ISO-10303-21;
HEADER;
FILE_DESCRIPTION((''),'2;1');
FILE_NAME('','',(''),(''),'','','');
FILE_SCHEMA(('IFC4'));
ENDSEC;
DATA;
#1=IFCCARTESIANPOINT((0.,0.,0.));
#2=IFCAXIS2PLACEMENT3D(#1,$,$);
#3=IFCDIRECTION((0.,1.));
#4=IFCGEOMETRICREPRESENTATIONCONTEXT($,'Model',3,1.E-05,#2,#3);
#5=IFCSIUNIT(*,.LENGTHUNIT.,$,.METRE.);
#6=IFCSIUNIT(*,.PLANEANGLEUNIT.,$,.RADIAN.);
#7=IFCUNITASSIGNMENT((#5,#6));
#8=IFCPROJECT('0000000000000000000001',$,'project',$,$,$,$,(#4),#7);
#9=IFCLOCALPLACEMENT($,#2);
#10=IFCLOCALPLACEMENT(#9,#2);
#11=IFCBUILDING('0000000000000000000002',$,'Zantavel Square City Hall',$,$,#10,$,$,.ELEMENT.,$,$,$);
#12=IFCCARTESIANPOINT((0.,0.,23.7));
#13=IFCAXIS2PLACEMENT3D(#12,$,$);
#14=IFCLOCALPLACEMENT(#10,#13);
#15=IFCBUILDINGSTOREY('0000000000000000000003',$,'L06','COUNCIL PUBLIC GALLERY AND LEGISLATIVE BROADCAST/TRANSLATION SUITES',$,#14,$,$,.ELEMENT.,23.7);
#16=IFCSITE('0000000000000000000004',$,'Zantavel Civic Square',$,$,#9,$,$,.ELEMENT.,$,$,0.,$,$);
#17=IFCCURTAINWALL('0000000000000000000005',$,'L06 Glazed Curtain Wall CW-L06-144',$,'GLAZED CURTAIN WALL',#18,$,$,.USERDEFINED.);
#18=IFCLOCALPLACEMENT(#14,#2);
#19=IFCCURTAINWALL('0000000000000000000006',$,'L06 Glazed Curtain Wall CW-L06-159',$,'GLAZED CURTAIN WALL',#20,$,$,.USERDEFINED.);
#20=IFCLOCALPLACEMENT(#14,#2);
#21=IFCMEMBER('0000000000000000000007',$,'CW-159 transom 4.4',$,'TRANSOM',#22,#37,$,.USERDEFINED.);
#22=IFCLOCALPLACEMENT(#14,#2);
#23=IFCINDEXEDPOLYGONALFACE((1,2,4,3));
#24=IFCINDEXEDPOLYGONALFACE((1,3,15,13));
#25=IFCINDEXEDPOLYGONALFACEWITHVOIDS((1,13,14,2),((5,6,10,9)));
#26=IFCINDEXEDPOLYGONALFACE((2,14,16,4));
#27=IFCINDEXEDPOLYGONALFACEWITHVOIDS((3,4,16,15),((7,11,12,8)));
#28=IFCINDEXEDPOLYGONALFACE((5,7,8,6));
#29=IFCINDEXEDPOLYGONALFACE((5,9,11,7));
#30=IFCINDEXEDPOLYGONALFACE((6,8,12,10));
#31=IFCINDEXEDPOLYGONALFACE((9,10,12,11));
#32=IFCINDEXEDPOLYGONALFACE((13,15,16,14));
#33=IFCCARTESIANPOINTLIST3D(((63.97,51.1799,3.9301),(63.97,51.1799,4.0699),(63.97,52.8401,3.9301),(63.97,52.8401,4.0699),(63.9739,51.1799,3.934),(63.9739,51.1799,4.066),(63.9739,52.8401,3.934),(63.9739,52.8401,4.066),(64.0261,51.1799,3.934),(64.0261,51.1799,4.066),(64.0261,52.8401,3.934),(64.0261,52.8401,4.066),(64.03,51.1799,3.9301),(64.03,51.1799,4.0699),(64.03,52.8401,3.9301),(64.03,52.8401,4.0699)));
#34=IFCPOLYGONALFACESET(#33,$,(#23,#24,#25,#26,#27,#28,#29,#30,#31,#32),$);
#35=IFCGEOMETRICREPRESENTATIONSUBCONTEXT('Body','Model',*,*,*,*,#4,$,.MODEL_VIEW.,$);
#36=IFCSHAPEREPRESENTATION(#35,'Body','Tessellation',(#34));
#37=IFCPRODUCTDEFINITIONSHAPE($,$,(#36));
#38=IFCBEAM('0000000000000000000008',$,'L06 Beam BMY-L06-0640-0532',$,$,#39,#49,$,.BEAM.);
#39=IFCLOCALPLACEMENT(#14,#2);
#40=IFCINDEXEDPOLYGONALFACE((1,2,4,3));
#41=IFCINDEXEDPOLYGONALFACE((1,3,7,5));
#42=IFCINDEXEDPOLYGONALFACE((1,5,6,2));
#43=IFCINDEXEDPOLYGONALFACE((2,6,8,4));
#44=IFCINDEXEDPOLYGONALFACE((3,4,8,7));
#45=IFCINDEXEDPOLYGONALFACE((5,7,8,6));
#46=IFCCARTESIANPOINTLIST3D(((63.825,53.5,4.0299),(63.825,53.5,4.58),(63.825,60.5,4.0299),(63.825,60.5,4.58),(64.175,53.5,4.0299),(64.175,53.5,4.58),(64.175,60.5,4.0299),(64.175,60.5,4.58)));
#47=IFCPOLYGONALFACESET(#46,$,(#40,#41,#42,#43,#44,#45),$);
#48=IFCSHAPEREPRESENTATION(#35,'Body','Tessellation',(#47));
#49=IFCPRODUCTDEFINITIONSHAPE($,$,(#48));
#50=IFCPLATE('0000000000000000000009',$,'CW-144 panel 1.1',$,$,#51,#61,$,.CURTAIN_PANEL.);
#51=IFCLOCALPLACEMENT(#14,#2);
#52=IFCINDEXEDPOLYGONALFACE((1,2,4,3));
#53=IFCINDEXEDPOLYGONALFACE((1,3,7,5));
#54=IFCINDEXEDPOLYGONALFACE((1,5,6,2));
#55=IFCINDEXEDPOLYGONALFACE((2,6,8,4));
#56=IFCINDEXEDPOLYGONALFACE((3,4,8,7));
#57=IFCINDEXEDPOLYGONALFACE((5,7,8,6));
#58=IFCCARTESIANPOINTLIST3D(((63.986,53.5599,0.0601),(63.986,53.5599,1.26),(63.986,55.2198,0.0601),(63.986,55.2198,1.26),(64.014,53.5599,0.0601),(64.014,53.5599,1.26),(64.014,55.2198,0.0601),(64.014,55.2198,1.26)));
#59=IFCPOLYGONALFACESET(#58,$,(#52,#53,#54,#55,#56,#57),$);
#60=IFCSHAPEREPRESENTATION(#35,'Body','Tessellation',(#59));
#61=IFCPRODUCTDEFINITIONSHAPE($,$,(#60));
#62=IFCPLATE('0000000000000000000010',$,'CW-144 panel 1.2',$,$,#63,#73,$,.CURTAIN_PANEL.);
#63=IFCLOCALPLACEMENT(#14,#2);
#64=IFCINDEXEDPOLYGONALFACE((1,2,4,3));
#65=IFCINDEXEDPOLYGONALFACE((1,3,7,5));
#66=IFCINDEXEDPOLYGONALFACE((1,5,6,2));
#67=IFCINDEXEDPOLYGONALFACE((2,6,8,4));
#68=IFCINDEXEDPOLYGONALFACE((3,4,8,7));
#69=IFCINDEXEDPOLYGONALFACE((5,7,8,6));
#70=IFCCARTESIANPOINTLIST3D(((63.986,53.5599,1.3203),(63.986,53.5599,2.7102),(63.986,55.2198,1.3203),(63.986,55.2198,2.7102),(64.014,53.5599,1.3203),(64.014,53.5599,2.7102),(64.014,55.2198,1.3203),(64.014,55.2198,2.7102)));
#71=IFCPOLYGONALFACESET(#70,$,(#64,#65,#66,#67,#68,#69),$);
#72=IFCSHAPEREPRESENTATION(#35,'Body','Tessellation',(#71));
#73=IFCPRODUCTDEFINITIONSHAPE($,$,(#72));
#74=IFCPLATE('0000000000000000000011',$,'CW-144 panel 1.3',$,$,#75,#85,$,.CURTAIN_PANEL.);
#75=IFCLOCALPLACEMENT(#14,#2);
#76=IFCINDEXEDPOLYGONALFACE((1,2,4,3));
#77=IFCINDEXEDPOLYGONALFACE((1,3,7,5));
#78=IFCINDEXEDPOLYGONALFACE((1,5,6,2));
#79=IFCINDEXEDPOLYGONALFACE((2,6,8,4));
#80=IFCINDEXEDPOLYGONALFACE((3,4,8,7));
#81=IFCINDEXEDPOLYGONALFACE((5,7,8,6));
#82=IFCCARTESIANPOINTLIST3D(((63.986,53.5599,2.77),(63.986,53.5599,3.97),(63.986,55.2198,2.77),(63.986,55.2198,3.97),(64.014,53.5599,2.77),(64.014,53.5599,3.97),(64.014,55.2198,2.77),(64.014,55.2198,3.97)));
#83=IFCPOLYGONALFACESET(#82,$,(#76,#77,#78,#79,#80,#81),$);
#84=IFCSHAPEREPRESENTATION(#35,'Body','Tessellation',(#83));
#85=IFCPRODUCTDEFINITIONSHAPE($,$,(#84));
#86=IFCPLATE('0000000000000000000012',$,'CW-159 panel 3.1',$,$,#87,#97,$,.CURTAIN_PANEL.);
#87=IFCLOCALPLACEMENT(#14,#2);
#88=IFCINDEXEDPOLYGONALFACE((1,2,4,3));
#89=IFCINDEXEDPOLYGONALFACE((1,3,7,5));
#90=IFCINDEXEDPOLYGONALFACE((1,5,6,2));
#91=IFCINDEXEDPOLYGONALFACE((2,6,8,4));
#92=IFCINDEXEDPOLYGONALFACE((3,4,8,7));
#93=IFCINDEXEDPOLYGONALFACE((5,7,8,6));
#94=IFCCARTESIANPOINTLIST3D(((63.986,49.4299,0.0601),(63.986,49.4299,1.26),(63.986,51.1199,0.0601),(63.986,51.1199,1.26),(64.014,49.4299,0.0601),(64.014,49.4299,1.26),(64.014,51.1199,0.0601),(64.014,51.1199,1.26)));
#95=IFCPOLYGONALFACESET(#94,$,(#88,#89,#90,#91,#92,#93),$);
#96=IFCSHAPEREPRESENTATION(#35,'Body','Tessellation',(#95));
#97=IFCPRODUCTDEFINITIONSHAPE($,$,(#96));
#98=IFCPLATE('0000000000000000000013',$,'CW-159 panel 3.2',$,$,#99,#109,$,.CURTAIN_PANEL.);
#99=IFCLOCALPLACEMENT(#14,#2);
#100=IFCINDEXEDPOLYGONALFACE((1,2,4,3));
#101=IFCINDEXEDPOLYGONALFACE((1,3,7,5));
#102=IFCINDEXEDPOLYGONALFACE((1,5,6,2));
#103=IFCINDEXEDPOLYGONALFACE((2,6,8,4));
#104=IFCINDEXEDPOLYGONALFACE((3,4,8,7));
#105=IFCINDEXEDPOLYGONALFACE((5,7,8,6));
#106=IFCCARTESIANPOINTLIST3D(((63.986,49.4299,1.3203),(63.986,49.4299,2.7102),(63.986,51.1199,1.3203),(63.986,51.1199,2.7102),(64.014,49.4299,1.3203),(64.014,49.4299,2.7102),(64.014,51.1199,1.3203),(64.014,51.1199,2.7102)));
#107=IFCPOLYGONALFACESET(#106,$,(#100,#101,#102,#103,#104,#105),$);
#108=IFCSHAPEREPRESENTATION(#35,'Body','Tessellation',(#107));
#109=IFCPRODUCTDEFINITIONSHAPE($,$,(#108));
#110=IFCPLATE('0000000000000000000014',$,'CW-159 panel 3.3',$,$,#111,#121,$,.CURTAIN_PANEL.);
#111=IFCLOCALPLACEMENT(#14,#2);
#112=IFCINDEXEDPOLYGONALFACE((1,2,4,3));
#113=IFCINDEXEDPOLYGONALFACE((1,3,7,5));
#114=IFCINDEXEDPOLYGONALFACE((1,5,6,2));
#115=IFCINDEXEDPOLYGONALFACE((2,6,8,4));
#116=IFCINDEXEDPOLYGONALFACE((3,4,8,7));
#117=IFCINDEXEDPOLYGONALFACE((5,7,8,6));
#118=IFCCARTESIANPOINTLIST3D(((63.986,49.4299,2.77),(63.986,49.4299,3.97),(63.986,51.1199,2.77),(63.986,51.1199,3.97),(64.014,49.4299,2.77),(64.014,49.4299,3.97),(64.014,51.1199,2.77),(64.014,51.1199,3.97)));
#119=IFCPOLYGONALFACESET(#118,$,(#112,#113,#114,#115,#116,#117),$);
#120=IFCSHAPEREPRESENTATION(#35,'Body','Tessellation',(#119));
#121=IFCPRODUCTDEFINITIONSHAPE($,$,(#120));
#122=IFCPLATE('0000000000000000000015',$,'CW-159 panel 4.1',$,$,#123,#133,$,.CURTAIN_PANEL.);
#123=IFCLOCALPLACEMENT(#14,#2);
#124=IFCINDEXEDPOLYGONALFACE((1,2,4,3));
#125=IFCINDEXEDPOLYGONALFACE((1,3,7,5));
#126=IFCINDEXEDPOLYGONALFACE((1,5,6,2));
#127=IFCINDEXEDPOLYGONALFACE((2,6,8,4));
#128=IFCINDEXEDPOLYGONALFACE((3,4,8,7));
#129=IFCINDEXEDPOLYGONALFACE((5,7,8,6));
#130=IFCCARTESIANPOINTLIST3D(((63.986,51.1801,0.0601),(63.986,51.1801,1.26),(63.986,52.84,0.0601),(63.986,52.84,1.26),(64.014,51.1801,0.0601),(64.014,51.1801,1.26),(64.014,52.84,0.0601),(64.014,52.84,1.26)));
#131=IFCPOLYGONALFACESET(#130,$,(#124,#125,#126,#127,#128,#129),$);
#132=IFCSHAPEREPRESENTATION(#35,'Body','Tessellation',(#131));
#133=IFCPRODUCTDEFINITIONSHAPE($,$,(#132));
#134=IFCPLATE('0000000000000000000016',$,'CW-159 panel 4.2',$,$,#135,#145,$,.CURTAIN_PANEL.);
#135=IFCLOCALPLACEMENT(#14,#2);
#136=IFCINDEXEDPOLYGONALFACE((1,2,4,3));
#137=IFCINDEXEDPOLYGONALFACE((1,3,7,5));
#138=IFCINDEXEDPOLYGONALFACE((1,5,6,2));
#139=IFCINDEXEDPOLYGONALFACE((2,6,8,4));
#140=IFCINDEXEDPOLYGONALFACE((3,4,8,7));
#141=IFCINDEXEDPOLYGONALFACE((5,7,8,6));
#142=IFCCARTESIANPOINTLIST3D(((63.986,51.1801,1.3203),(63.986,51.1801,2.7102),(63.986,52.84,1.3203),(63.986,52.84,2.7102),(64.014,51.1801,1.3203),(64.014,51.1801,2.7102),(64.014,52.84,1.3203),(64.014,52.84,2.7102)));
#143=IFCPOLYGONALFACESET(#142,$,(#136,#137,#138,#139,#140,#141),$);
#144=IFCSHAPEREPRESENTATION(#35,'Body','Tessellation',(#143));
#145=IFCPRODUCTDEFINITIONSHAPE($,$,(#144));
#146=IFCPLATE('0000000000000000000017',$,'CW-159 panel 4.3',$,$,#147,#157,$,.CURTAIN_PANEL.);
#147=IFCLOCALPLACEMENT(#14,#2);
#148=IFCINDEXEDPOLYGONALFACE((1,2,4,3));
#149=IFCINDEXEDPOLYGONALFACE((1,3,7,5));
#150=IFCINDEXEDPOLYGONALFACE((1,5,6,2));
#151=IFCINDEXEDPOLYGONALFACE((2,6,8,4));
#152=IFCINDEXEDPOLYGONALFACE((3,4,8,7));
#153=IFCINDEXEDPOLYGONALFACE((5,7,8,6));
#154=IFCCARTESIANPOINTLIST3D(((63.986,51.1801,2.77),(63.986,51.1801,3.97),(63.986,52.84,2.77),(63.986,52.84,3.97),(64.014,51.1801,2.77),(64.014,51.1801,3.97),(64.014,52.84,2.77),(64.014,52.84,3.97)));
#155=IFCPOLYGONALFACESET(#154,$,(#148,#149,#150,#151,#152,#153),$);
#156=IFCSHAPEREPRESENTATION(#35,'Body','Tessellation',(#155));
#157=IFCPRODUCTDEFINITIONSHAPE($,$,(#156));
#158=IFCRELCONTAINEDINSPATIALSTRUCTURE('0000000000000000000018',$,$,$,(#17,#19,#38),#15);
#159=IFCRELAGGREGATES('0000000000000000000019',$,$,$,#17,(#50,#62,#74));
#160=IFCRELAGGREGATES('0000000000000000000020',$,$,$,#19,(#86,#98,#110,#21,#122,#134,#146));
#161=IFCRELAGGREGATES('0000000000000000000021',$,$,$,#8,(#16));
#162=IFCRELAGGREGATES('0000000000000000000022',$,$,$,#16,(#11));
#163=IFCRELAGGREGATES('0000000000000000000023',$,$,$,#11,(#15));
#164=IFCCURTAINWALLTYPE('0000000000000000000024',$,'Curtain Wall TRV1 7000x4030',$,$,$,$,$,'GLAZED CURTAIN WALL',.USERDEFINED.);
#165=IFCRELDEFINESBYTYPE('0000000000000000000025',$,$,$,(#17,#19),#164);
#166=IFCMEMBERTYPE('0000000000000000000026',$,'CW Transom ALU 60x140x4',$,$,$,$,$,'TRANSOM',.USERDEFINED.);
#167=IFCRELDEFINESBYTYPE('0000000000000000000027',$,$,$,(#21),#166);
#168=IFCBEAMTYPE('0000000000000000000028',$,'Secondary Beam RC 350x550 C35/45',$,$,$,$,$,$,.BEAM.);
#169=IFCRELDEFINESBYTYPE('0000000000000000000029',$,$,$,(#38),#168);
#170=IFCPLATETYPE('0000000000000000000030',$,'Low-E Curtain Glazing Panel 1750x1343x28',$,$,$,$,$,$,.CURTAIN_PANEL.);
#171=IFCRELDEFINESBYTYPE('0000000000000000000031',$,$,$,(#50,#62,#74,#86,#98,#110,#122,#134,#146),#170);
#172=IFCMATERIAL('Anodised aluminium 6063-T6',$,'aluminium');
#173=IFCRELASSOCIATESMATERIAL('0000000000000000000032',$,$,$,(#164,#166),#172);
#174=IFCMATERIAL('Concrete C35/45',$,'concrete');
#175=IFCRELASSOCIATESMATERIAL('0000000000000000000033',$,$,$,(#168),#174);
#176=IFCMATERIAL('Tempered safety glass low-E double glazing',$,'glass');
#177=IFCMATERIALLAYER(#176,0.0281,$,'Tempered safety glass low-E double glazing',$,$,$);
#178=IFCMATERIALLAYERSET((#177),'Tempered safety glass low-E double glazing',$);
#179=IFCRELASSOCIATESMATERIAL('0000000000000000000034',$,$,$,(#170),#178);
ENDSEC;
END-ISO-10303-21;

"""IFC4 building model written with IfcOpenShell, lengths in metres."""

from ifc_helpers import new_model, si_unit, direction, frame, origin, origin_2d, place, context, subcontext, project, spatial, rectangle, hollow_rectangle, extrude, material, layer, layer_set, material_profile, profile_set, type_object, element, aggregate, save


model = new_model("IFC4")

# Units and contexts
model_context = context("Model", 3, precision=1e-05, world=origin(), true_north=direction((0.0, 1.0)))
body_context = subcontext(model_context, "Body", "Model", "MODEL_VIEW")
ifc_project = project(units=[si_unit("LENGTHUNIT", "METRE"), si_unit("PLANEANGLEUNIT", "RADIAN")], contexts=[model_context])

# Site, building, storey
site_placement = place(None, origin())
site = spatial("IfcSite", under=ifc_project, at=site_placement, Name="Zantavel Civic Square", CompositionType="ELEMENT", RefElevation=0.0)
building_placement = place(site_placement, origin())
building = spatial("IfcBuilding", under=site, at=building_placement, Name="Zantavel Square City Hall", CompositionType="ELEMENT")
storey_placement = place(building_placement, frame((0.0, 0.0, 23.7)))
storey = spatial("IfcBuildingStorey", under=building, at=storey_placement, Name="L06", Description="COUNCIL PUBLIC GALLERY AND LEGISLATIVE BROADCAST/TRANSLATION SUITES", CompositionType="ELEMENT", Elevation=23.7)

# Curtain wall
ifc_material_1 = material(Name="Anodised aluminium 6063-T6", Category="aluminium")
curtain_wall_type = type_object("IfcCurtainWallType", Name="Curtain Wall TRV1 7000x4030", ElementType="GLAZED CURTAIN WALL", PredefinedType="USERDEFINED", material=ifc_material_1)
curtain_wall_1_placement = place(storey_placement, origin())
curtain_wall_1 = element("IfcCurtainWall", 1, at=curtain_wall_1_placement, inside=storey, type_object=curtain_wall_type, Name="L06 Glazed Curtain Wall CW-L06-144", ObjectType="GLAZED CURTAIN WALL", PredefinedType="USERDEFINED")

# Curtain wall
curtain_wall_2_placement = place(storey_placement, origin())
curtain_wall_2 = element("IfcCurtainWall", 2, at=curtain_wall_2_placement, inside=storey, type_object=curtain_wall_type, Name="L06 Glazed Curtain Wall CW-L06-159", ObjectType="GLAZED CURTAIN WALL", PredefinedType="USERDEFINED")

# Member
ifc_material_profile_1 = material_profile(ifc_material_1, hollow_rectangle(XDim=0.0601, YDim=0.1399, WallThickness=0.0039, at=origin_2d()), Name="ALU 60x140x4")
ifc_profile_set_1 = profile_set([ifc_material_profile_1], Name="Anodised aluminium 6063-T6")
member_type_1 = type_object("IfcMemberType", Name="CW Transom ALU 60x140x4", ElementType="TRANSOM", PredefinedType="USERDEFINED", material=ifc_profile_set_1)
member_1_placement = place(storey_placement, frame((64.0, 51.1799, 4.0), z_axis=(0.0, 1.0, 0.0), x_axis=(-1.0, 0.0, 0.0)))
member_1 = element("IfcMember", 3, at=member_1_placement, type_object=member_type_1, Name="CW-159 transom 4.4", ObjectType="TRANSOM", PredefinedType="USERDEFINED", context=body_context, shape_type="SweptSolid", body=[
    extrude(hollow_rectangle(XDim=0.0601, YDim=0.1399, WallThickness=0.0039, at=origin_2d()), origin(), (0.0, 0.0, 1.0), 1.6602),
])

# Beam
ifc_material_2 = material(Name="Concrete C35/45", Category="concrete")
ifc_material_profile_2 = material_profile(ifc_material_2, rectangle(XDim=0.3501, YDim=0.55, at=origin_2d()), Name="RC 350x550")
ifc_profile_set_2 = profile_set([ifc_material_profile_2], Name="Concrete C35/45")
beam_type = type_object("IfcBeamType", Name="Secondary Beam RC 350x550 C35/45", PredefinedType="BEAM", material=ifc_profile_set_2)
beam_placement = place(storey_placement, frame((64.0, 53.5, 4.3049), z_axis=(0.0, 1.0, 0.0), x_axis=(-1.0, 0.0, 0.0)))
element("IfcBeam", 4, at=beam_placement, inside=storey, type_object=beam_type, Name="L06 Beam BMY-L06-0640-0532", PredefinedType="BEAM", context=body_context, shape_type="SweptSolid", body=[
    extrude(rectangle(XDim=0.3501, YDim=0.55, at=origin_2d()), origin(), (0.0, 0.0, 1.0), 7.0),
])

# Plates
ifc_material_3 = material(Name="Tempered safety glass low-E double glazing", Category="glass")
ifc_layer = layer(ifc_material_3, 0.0281, Name="Tempered safety glass low-E double glazing")
ifc_layer_set = layer_set([ifc_layer], Name="Tempered safety glass low-E double glazing")
plate_type = type_object("IfcPlateType", Name="Low-E Curtain Glazing Panel 1750x1343x28", PredefinedType="CURTAIN_PANEL", material=ifc_layer_set)
plate_1_placement = place(storey_placement, frame((64.0, 54.3899, 0.0601), z_axis=(0.0, 0.0, 1.0), x_axis=(0.0, 1.0, 0.0)))
plate_1 = element("IfcPlate", 5, at=plate_1_placement, type_object=plate_type, Name="CW-144 panel 1.1", PredefinedType="CURTAIN_PANEL", context=body_context, shape_type="SweptSolid", body=[
    extrude(rectangle(XDim=1.6599, YDim=0.0281, at=origin_2d()), origin(), (0.0, 0.0, 1.0), 1.2),
])
plate_2_placement = place(storey_placement, frame((64.0, 54.3899, 1.3203), z_axis=(0.0, 0.0, 1.0), x_axis=(0.0, 1.0, 0.0)))
plate_2 = element("IfcPlate", 6, at=plate_2_placement, type_object=plate_type, Name="CW-144 panel 1.2", PredefinedType="CURTAIN_PANEL", context=body_context, shape_type="SweptSolid", body=[
    extrude(rectangle(XDim=1.6599, YDim=0.0281, at=origin_2d()), origin(), (0.0, 0.0, 1.0), 1.3899),
])
plate_3_placement = place(storey_placement, frame((64.0, 54.3899, 2.77), z_axis=(0.0, 0.0, 1.0), x_axis=(0.0, 1.0, 0.0)))
plate_3 = element("IfcPlate", 7, at=plate_3_placement, type_object=plate_type, Name="CW-144 panel 1.3", PredefinedType="CURTAIN_PANEL", context=body_context, shape_type="SweptSolid", body=[
    extrude(rectangle(XDim=1.6599, YDim=0.0281, at=origin_2d()), origin(), (0.0, 0.0, 1.0), 1.2),
])
aggregate(curtain_wall_1, [plate_1, plate_2, plate_3])
plate_4_placement = place(storey_placement, frame((64.0, 50.2749, 0.0601), z_axis=(0.0, 0.0, 1.0), x_axis=(0.0, 1.0, 0.0)))
plate_4 = element("IfcPlate", 8, at=plate_4_placement, type_object=plate_type, Name="CW-159 panel 3.1", PredefinedType="CURTAIN_PANEL", context=body_context, shape_type="SweptSolid", body=[
    extrude(rectangle(XDim=1.6899, YDim=0.0281, at=origin_2d()), origin(), (0.0, 0.0, 1.0), 1.2),
])
plate_5_placement = place(storey_placement, frame((64.0, 50.2749, 1.3203), z_axis=(0.0, 0.0, 1.0), x_axis=(0.0, 1.0, 0.0)))
plate_5 = element("IfcPlate", 9, at=plate_5_placement, type_object=plate_type, Name="CW-159 panel 3.2", PredefinedType="CURTAIN_PANEL", context=body_context, shape_type="SweptSolid", body=[
    extrude(rectangle(XDim=1.6899, YDim=0.0281, at=origin_2d()), origin(), (0.0, 0.0, 1.0), 1.3899),
])
plate_6_placement = place(storey_placement, frame((64.0, 50.2749, 2.77), z_axis=(0.0, 0.0, 1.0), x_axis=(0.0, 1.0, 0.0)))
plate_6 = element("IfcPlate", 10, at=plate_6_placement, type_object=plate_type, Name="CW-159 panel 3.3", PredefinedType="CURTAIN_PANEL", context=body_context, shape_type="SweptSolid", body=[
    extrude(rectangle(XDim=1.6899, YDim=0.0281, at=origin_2d()), origin(), (0.0, 0.0, 1.0), 1.2),
])
plate_7_placement = place(storey_placement, frame((64.0, 52.01, 0.0601), z_axis=(0.0, 0.0, 1.0), x_axis=(0.0, 1.0, 0.0)))
plate_7 = element("IfcPlate", 11, at=plate_7_placement, type_object=plate_type, Name="CW-159 panel 4.1", PredefinedType="CURTAIN_PANEL", context=body_context, shape_type="SweptSolid", body=[
    extrude(rectangle(XDim=1.6599, YDim=0.0281, at=origin_2d()), origin(), (0.0, 0.0, 1.0), 1.2),
])
plate_8_placement = place(storey_placement, frame((64.0, 52.01, 1.3203), z_axis=(0.0, 0.0, 1.0), x_axis=(0.0, 1.0, 0.0)))
plate_8 = element("IfcPlate", 12, at=plate_8_placement, type_object=plate_type, Name="CW-159 panel 4.2", PredefinedType="CURTAIN_PANEL", context=body_context, shape_type="SweptSolid", body=[
    extrude(rectangle(XDim=1.6599, YDim=0.0281, at=origin_2d()), origin(), (0.0, 0.0, 1.0), 1.3899),
])
plate_9_placement = place(storey_placement, frame((64.0, 52.01, 2.77), z_axis=(0.0, 0.0, 1.0), x_axis=(0.0, 1.0, 0.0)))
plate_9 = element("IfcPlate", 13, at=plate_9_placement, type_object=plate_type, Name="CW-159 panel 4.3", PredefinedType="CURTAIN_PANEL", context=body_context, shape_type="SweptSolid", body=[
    extrude(rectangle(XDim=1.6599, YDim=0.0281, at=origin_2d()), origin(), (0.0, 0.0, 1.0), 1.2),
])
aggregate(curtain_wall_2, [plate_4, plate_5, plate_6, member_1, plate_7, plate_8, plate_9])

save(model, "model.ifc")
